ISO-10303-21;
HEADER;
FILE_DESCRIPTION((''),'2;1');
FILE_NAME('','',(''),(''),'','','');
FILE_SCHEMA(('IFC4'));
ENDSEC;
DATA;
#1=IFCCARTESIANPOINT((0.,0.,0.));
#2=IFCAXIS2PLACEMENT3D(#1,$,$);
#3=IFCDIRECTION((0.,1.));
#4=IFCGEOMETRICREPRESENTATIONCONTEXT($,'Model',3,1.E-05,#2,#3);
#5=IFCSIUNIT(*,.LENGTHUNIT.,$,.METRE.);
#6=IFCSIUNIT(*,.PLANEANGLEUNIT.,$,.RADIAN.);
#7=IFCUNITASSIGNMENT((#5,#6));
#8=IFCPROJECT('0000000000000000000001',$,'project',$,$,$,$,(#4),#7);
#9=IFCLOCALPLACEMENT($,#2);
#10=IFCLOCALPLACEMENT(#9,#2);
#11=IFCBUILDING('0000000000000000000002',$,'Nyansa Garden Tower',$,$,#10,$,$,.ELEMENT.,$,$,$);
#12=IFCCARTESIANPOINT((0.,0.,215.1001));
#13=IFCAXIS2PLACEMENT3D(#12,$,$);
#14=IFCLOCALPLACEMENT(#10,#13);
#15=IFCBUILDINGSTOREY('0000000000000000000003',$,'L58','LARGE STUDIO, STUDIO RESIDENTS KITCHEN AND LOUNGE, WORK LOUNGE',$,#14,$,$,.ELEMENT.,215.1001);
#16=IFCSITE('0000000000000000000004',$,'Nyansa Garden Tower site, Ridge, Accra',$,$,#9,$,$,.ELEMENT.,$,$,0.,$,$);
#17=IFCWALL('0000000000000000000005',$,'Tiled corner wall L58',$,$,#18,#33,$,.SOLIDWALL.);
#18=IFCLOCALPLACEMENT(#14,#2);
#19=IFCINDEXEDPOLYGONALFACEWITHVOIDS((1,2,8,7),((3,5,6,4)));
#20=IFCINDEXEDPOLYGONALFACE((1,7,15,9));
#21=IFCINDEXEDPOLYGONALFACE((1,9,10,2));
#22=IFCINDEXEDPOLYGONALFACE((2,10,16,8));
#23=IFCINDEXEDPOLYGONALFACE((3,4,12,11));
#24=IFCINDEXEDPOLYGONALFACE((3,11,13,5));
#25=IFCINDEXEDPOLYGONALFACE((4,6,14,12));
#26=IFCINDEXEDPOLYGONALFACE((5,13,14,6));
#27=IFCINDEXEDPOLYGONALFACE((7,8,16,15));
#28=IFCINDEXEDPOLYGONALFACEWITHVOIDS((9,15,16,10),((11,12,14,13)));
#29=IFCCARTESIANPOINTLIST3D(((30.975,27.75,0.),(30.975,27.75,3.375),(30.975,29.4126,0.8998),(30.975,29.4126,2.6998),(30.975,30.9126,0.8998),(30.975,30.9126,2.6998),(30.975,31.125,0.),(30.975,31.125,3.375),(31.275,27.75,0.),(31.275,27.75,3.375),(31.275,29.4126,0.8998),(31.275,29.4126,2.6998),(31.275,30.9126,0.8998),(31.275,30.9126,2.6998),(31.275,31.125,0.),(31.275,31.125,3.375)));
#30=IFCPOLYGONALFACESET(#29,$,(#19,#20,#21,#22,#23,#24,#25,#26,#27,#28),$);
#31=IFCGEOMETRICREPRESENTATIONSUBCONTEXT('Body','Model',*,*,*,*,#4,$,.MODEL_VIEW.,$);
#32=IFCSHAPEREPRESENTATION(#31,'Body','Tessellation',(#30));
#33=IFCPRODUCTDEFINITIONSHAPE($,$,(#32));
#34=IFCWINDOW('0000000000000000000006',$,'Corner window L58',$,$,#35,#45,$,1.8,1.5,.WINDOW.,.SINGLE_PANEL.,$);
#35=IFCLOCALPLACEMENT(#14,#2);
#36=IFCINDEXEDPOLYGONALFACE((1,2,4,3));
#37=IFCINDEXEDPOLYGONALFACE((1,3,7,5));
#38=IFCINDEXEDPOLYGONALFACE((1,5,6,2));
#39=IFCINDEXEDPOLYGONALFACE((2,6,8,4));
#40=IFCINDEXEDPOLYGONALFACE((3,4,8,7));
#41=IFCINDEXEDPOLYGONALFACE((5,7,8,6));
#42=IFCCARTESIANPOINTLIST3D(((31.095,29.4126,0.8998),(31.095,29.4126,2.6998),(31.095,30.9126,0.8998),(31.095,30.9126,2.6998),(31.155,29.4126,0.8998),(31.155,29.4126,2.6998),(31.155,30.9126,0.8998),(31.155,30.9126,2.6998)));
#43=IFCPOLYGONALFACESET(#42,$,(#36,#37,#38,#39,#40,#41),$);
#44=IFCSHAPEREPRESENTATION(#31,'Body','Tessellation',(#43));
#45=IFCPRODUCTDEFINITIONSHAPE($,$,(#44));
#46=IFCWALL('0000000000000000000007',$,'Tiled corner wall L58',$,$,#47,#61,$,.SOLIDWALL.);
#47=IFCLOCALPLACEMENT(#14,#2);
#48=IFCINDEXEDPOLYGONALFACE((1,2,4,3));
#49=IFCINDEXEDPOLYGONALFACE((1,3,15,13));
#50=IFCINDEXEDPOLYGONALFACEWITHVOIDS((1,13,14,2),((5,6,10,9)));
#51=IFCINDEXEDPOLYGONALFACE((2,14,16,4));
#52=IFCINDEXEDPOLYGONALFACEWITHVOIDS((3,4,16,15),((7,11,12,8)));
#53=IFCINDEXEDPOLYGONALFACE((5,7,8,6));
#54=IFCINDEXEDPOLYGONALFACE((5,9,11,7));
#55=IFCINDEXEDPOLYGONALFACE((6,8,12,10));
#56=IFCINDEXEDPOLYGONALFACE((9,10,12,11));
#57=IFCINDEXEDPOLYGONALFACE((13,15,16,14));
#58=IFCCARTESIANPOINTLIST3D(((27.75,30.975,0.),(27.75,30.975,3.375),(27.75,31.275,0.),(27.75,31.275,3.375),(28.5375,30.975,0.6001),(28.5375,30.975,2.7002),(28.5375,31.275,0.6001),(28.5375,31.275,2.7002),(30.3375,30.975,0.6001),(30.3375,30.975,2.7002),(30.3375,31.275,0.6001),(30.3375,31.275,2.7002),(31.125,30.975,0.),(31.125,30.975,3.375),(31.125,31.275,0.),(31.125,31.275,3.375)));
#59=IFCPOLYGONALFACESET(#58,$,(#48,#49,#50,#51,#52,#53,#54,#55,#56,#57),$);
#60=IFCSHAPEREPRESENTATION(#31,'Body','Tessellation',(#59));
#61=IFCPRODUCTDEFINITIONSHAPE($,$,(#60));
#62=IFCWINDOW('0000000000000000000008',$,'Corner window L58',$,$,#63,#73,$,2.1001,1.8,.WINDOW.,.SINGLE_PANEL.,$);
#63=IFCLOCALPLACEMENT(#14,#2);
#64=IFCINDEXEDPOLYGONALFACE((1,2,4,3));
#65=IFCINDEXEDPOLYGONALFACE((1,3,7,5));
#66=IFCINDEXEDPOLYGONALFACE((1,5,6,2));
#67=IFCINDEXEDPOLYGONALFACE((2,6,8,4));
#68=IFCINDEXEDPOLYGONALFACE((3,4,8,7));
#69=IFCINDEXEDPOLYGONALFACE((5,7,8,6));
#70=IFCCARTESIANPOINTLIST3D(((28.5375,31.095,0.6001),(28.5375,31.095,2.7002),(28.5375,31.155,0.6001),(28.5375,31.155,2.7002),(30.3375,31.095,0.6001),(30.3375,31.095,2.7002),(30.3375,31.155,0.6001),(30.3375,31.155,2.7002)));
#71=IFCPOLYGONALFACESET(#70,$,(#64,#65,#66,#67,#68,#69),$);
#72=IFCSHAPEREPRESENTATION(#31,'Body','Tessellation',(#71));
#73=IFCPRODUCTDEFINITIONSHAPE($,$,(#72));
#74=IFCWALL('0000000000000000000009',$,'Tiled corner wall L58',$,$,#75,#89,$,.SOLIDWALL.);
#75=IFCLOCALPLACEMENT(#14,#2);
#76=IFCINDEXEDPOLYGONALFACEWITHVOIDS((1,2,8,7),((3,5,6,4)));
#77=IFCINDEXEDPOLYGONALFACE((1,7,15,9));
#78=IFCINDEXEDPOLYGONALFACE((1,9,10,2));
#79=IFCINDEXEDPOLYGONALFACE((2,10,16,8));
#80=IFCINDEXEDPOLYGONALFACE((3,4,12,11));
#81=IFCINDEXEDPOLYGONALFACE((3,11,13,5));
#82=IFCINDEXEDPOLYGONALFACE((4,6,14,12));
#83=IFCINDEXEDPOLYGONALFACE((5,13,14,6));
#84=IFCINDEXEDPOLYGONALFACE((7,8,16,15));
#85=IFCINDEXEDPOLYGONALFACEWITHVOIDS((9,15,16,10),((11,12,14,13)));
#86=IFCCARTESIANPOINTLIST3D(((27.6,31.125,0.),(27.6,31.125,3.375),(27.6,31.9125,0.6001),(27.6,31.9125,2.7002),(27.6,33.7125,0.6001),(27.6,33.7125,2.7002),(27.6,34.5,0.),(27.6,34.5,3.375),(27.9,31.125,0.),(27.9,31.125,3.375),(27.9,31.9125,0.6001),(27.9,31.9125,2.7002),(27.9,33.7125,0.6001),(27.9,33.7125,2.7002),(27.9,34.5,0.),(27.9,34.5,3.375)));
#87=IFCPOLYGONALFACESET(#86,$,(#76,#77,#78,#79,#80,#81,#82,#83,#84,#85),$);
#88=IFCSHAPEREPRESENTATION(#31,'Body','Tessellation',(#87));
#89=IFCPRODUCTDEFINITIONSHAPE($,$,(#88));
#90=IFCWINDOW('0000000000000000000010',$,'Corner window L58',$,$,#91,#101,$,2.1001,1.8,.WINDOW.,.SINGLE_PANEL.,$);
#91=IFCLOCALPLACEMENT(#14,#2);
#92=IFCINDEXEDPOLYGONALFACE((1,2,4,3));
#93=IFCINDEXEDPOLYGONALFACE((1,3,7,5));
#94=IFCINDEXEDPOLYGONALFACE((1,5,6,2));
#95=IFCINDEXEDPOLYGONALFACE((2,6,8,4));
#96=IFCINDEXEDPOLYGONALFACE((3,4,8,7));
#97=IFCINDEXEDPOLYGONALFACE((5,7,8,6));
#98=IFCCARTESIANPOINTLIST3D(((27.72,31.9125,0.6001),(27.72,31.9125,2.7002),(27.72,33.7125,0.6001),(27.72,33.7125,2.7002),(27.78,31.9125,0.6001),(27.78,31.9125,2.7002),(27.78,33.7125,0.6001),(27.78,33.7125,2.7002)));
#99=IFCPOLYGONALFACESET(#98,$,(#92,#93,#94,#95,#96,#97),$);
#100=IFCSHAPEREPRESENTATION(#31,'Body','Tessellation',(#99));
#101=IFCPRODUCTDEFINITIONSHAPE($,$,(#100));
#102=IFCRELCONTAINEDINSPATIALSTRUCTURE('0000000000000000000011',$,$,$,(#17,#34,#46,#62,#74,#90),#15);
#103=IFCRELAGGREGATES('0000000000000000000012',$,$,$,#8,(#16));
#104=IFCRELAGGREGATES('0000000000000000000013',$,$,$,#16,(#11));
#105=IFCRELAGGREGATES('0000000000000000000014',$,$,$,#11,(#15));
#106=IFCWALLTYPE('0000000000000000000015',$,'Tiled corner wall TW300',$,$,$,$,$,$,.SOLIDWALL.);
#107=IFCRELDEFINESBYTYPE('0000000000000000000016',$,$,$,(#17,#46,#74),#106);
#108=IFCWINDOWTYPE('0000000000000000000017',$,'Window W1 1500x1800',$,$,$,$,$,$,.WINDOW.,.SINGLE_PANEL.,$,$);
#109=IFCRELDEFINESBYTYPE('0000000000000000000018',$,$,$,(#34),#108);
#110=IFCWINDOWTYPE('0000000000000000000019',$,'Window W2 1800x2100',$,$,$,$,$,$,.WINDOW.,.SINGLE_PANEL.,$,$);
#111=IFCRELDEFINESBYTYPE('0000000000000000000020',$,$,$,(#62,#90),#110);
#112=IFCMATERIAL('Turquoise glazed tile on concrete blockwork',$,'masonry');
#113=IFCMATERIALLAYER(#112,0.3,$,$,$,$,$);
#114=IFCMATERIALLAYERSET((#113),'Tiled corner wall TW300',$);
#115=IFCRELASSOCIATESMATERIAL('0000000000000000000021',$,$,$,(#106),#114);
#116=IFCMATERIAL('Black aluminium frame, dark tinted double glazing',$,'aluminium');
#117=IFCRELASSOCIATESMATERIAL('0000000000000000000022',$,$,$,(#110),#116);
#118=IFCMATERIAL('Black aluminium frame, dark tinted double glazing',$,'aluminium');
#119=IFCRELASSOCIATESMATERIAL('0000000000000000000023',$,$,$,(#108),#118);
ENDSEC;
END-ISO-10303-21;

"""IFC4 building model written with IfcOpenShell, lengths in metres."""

from ifc_helpers import new_model, si_unit, direction, frame, frame_2d, origin, place, context, subcontext, project, spatial, rectangle, extrude, material, layer, layer_set, type_object, element, fill, save


model = new_model("IFC4")

# Units and contexts
model_context = context("Model", 3, precision=1e-05, world=origin(), true_north=direction((0.0, 1.0)))
body_context = subcontext(model_context, "Body", "Model", "MODEL_VIEW")
ifc_project = project(units=[si_unit("LENGTHUNIT", "METRE"), si_unit("PLANEANGLEUNIT", "RADIAN")], contexts=[model_context])

# Site, building, storey
site_placement = place(None, origin())
site = spatial("IfcSite", under=ifc_project, at=site_placement, Name="Nyansa Garden Tower site, Ridge, Accra", CompositionType="ELEMENT", RefElevation=0.0)
building_placement = place(site_placement, origin())
building = spatial("IfcBuilding", under=site, at=building_placement, Name="Nyansa Garden Tower", CompositionType="ELEMENT")
storey_placement = place(building_placement, frame((0.0, 0.0, 215.1001)))
storey = spatial("IfcBuildingStorey", under=building, at=storey_placement, Name="L58", Description="LARGE STUDIO, STUDIO RESIDENTS KITCHEN AND LOUNGE, WORK LOUNGE", CompositionType="ELEMENT", Elevation=215.1001)

# Walls, openings, windows
ifc_material_1 = material(Name="Turquoise glazed tile on concrete blockwork", Category="masonry")
ifc_layer_1 = layer(ifc_material_1, 0.3)
ifc_layer_set_1 = layer_set([ifc_layer_1], Name="Tiled corner wall TW300")
wall_type_1 = type_object("IfcWallType", Name="Tiled corner wall TW300", PredefinedType="SOLIDWALL", material=ifc_layer_set_1)
ifc_material_2 = material(Name="Black aluminium frame, dark tinted double glazing", Category="aluminium")
window_type_1 = type_object("IfcWindowType", Name="Window W2 1800x2100", PartitioningType="SINGLE_PANEL", PredefinedType="WINDOW", material=ifc_material_2)
wall_1_placement = place(storey_placement, frame((31.125, 27.75, 0.0), z_axis=(0.0, 0.0, 1.0), x_axis=(0.0, 1.0, 0.0)))
wall_1 = element("IfcWall", 1, at=wall_1_placement, inside=storey, type_object=wall_type_1, Name="Tiled corner wall L58", PredefinedType="SOLIDWALL", context=body_context, shape_type="SweptSolid", body=[
    extrude(rectangle(XDim=3.375, YDim=0.3, at=frame_2d((1.6875, 0.0))), origin(), (0.0, 0.0, 1.0), 3.375),
])
opening_1_placement = place(wall_1_placement, frame((1.6626, 0.0, 0.8999)))
opening_1 = element("IfcOpeningElement", 2, at=opening_1_placement, cuts=wall_1, PredefinedType="OPENING", context=body_context, shape_type="SweptSolid", body=[
    extrude(rectangle(XDim=1.5, YDim=1.8, at=frame_2d((0.75, 0.8999))), frame((0.0, 0.1599, 0.0), z_axis=(0.0, -1.0, 0.0), x_axis=(1.0, 0.0, 0.0)), (0.0, 0.0, 1.0), 0.3201),
])
ifc_material_3 = material(Name="Black aluminium frame, dark tinted double glazing", Category="aluminium")
window_type_2 = type_object("IfcWindowType", Name="Window W1 1500x1800", PartitioningType="SINGLE_PANEL", PredefinedType="WINDOW", material=ifc_material_3)
window_1_placement = place(opening_1_placement, origin())
window_1 = element("IfcWindow", 3, at=window_1_placement, inside=storey, type_object=window_type_2, Name="Corner window L58", OverallHeight=1.8, OverallWidth=1.5, PartitioningType="SINGLE_PANEL", PredefinedType="WINDOW", context=body_context, shape_type="SweptSolid", body=[
    extrude(rectangle(XDim=1.5, YDim=1.8, at=frame_2d((0.75, 0.8999))), frame((0.0, 0.03, 0.0), z_axis=(0.0, -1.0, 0.0), x_axis=(1.0, 0.0, 0.0)), (0.0, 0.0, 1.0), 0.0601),
])
fill(opening_1, window_1)
wall_2_placement = place(storey_placement, frame((31.125, 31.125, 0.0), z_axis=(0.0, 0.0, 1.0), x_axis=(-1.0, 0.0, 0.0)))
wall_2 = element("IfcWall", 4, at=wall_2_placement, inside=storey, type_object=wall_type_1, Name="Tiled corner wall L58", PredefinedType="SOLIDWALL", context=body_context, shape_type="SweptSolid", body=[
    extrude(rectangle(XDim=3.375, YDim=0.3, at=frame_2d((1.6875, 0.0))), origin(), (0.0, 0.0, 1.0), 3.375),
])
opening_2_placement = place(wall_2_placement, frame((0.7876, 0.0, 0.6001)))
opening_2 = element("IfcOpeningElement", 5, at=opening_2_placement, cuts=wall_2, PredefinedType="OPENING", context=body_context, shape_type="SweptSolid", body=[
    extrude(rectangle(XDim=1.8, YDim=2.1001, at=frame_2d((0.8999, 1.05))), frame((0.0, 0.1599, 0.0), z_axis=(0.0, -1.0, 0.0), x_axis=(1.0, 0.0, 0.0)), (0.0, 0.0, 1.0), 0.3201),
])
window_2_placement = place(opening_2_placement, origin())
window_2 = element("IfcWindow", 6, at=window_2_placement, inside=storey, type_object=window_type_1, Name="Corner window L58", OverallHeight=2.1001, OverallWidth=1.8, PartitioningType="SINGLE_PANEL", PredefinedType="WINDOW", context=body_context, shape_type="SweptSolid", body=[
    extrude(rectangle(XDim=1.8, YDim=2.1001, at=frame_2d((0.8999, 1.05))), frame((0.0, 0.03, 0.0), z_axis=(0.0, -1.0, 0.0), x_axis=(1.0, 0.0, 0.0)), (0.0, 0.0, 1.0), 0.0601),
])
fill(opening_2, window_2)
wall_3_placement = place(storey_placement, frame((27.75, 31.125, 0.0), z_axis=(0.0, 0.0, 1.0), x_axis=(0.0, 1.0, 0.0)))
wall_3 = element("IfcWall", 7, at=wall_3_placement, inside=storey, type_object=wall_type_1, Name="Tiled corner wall L58", PredefinedType="SOLIDWALL", context=body_context, shape_type="SweptSolid", body=[
    extrude(rectangle(XDim=3.375, YDim=0.3, at=frame_2d((1.6875, 0.0))), origin(), (0.0, 0.0, 1.0), 3.375),
])
opening_3_placement = place(wall_3_placement, frame((0.7876, 0.0, 0.6001)))
opening_3 = element("IfcOpeningElement", 8, at=opening_3_placement, cuts=wall_3, PredefinedType="OPENING", context=body_context, shape_type="SweptSolid", body=[
    extrude(rectangle(XDim=1.8, YDim=2.1001, at=frame_2d((0.8999, 1.05))), frame((0.0, 0.1599, 0.0), z_axis=(0.0, -1.0, 0.0), x_axis=(1.0, 0.0, 0.0)), (0.0, 0.0, 1.0), 0.3201),
])
window_3_placement = place(opening_3_placement, origin())
window_3 = element("IfcWindow", 9, at=window_3_placement, inside=storey, type_object=window_type_1, Name="Corner window L58", OverallHeight=2.1001, OverallWidth=1.8, PartitioningType="SINGLE_PANEL", PredefinedType="WINDOW", context=body_context, shape_type="SweptSolid", body=[
    extrude(rectangle(XDim=1.8, YDim=2.1001, at=frame_2d((0.8999, 1.05))), frame((0.0, 0.03, 0.0), z_axis=(0.0, -1.0, 0.0), x_axis=(1.0, 0.0, 0.0)), (0.0, 0.0, 1.0), 0.0601),
])
fill(opening_3, window_3)

save(model, "model.ifc")
